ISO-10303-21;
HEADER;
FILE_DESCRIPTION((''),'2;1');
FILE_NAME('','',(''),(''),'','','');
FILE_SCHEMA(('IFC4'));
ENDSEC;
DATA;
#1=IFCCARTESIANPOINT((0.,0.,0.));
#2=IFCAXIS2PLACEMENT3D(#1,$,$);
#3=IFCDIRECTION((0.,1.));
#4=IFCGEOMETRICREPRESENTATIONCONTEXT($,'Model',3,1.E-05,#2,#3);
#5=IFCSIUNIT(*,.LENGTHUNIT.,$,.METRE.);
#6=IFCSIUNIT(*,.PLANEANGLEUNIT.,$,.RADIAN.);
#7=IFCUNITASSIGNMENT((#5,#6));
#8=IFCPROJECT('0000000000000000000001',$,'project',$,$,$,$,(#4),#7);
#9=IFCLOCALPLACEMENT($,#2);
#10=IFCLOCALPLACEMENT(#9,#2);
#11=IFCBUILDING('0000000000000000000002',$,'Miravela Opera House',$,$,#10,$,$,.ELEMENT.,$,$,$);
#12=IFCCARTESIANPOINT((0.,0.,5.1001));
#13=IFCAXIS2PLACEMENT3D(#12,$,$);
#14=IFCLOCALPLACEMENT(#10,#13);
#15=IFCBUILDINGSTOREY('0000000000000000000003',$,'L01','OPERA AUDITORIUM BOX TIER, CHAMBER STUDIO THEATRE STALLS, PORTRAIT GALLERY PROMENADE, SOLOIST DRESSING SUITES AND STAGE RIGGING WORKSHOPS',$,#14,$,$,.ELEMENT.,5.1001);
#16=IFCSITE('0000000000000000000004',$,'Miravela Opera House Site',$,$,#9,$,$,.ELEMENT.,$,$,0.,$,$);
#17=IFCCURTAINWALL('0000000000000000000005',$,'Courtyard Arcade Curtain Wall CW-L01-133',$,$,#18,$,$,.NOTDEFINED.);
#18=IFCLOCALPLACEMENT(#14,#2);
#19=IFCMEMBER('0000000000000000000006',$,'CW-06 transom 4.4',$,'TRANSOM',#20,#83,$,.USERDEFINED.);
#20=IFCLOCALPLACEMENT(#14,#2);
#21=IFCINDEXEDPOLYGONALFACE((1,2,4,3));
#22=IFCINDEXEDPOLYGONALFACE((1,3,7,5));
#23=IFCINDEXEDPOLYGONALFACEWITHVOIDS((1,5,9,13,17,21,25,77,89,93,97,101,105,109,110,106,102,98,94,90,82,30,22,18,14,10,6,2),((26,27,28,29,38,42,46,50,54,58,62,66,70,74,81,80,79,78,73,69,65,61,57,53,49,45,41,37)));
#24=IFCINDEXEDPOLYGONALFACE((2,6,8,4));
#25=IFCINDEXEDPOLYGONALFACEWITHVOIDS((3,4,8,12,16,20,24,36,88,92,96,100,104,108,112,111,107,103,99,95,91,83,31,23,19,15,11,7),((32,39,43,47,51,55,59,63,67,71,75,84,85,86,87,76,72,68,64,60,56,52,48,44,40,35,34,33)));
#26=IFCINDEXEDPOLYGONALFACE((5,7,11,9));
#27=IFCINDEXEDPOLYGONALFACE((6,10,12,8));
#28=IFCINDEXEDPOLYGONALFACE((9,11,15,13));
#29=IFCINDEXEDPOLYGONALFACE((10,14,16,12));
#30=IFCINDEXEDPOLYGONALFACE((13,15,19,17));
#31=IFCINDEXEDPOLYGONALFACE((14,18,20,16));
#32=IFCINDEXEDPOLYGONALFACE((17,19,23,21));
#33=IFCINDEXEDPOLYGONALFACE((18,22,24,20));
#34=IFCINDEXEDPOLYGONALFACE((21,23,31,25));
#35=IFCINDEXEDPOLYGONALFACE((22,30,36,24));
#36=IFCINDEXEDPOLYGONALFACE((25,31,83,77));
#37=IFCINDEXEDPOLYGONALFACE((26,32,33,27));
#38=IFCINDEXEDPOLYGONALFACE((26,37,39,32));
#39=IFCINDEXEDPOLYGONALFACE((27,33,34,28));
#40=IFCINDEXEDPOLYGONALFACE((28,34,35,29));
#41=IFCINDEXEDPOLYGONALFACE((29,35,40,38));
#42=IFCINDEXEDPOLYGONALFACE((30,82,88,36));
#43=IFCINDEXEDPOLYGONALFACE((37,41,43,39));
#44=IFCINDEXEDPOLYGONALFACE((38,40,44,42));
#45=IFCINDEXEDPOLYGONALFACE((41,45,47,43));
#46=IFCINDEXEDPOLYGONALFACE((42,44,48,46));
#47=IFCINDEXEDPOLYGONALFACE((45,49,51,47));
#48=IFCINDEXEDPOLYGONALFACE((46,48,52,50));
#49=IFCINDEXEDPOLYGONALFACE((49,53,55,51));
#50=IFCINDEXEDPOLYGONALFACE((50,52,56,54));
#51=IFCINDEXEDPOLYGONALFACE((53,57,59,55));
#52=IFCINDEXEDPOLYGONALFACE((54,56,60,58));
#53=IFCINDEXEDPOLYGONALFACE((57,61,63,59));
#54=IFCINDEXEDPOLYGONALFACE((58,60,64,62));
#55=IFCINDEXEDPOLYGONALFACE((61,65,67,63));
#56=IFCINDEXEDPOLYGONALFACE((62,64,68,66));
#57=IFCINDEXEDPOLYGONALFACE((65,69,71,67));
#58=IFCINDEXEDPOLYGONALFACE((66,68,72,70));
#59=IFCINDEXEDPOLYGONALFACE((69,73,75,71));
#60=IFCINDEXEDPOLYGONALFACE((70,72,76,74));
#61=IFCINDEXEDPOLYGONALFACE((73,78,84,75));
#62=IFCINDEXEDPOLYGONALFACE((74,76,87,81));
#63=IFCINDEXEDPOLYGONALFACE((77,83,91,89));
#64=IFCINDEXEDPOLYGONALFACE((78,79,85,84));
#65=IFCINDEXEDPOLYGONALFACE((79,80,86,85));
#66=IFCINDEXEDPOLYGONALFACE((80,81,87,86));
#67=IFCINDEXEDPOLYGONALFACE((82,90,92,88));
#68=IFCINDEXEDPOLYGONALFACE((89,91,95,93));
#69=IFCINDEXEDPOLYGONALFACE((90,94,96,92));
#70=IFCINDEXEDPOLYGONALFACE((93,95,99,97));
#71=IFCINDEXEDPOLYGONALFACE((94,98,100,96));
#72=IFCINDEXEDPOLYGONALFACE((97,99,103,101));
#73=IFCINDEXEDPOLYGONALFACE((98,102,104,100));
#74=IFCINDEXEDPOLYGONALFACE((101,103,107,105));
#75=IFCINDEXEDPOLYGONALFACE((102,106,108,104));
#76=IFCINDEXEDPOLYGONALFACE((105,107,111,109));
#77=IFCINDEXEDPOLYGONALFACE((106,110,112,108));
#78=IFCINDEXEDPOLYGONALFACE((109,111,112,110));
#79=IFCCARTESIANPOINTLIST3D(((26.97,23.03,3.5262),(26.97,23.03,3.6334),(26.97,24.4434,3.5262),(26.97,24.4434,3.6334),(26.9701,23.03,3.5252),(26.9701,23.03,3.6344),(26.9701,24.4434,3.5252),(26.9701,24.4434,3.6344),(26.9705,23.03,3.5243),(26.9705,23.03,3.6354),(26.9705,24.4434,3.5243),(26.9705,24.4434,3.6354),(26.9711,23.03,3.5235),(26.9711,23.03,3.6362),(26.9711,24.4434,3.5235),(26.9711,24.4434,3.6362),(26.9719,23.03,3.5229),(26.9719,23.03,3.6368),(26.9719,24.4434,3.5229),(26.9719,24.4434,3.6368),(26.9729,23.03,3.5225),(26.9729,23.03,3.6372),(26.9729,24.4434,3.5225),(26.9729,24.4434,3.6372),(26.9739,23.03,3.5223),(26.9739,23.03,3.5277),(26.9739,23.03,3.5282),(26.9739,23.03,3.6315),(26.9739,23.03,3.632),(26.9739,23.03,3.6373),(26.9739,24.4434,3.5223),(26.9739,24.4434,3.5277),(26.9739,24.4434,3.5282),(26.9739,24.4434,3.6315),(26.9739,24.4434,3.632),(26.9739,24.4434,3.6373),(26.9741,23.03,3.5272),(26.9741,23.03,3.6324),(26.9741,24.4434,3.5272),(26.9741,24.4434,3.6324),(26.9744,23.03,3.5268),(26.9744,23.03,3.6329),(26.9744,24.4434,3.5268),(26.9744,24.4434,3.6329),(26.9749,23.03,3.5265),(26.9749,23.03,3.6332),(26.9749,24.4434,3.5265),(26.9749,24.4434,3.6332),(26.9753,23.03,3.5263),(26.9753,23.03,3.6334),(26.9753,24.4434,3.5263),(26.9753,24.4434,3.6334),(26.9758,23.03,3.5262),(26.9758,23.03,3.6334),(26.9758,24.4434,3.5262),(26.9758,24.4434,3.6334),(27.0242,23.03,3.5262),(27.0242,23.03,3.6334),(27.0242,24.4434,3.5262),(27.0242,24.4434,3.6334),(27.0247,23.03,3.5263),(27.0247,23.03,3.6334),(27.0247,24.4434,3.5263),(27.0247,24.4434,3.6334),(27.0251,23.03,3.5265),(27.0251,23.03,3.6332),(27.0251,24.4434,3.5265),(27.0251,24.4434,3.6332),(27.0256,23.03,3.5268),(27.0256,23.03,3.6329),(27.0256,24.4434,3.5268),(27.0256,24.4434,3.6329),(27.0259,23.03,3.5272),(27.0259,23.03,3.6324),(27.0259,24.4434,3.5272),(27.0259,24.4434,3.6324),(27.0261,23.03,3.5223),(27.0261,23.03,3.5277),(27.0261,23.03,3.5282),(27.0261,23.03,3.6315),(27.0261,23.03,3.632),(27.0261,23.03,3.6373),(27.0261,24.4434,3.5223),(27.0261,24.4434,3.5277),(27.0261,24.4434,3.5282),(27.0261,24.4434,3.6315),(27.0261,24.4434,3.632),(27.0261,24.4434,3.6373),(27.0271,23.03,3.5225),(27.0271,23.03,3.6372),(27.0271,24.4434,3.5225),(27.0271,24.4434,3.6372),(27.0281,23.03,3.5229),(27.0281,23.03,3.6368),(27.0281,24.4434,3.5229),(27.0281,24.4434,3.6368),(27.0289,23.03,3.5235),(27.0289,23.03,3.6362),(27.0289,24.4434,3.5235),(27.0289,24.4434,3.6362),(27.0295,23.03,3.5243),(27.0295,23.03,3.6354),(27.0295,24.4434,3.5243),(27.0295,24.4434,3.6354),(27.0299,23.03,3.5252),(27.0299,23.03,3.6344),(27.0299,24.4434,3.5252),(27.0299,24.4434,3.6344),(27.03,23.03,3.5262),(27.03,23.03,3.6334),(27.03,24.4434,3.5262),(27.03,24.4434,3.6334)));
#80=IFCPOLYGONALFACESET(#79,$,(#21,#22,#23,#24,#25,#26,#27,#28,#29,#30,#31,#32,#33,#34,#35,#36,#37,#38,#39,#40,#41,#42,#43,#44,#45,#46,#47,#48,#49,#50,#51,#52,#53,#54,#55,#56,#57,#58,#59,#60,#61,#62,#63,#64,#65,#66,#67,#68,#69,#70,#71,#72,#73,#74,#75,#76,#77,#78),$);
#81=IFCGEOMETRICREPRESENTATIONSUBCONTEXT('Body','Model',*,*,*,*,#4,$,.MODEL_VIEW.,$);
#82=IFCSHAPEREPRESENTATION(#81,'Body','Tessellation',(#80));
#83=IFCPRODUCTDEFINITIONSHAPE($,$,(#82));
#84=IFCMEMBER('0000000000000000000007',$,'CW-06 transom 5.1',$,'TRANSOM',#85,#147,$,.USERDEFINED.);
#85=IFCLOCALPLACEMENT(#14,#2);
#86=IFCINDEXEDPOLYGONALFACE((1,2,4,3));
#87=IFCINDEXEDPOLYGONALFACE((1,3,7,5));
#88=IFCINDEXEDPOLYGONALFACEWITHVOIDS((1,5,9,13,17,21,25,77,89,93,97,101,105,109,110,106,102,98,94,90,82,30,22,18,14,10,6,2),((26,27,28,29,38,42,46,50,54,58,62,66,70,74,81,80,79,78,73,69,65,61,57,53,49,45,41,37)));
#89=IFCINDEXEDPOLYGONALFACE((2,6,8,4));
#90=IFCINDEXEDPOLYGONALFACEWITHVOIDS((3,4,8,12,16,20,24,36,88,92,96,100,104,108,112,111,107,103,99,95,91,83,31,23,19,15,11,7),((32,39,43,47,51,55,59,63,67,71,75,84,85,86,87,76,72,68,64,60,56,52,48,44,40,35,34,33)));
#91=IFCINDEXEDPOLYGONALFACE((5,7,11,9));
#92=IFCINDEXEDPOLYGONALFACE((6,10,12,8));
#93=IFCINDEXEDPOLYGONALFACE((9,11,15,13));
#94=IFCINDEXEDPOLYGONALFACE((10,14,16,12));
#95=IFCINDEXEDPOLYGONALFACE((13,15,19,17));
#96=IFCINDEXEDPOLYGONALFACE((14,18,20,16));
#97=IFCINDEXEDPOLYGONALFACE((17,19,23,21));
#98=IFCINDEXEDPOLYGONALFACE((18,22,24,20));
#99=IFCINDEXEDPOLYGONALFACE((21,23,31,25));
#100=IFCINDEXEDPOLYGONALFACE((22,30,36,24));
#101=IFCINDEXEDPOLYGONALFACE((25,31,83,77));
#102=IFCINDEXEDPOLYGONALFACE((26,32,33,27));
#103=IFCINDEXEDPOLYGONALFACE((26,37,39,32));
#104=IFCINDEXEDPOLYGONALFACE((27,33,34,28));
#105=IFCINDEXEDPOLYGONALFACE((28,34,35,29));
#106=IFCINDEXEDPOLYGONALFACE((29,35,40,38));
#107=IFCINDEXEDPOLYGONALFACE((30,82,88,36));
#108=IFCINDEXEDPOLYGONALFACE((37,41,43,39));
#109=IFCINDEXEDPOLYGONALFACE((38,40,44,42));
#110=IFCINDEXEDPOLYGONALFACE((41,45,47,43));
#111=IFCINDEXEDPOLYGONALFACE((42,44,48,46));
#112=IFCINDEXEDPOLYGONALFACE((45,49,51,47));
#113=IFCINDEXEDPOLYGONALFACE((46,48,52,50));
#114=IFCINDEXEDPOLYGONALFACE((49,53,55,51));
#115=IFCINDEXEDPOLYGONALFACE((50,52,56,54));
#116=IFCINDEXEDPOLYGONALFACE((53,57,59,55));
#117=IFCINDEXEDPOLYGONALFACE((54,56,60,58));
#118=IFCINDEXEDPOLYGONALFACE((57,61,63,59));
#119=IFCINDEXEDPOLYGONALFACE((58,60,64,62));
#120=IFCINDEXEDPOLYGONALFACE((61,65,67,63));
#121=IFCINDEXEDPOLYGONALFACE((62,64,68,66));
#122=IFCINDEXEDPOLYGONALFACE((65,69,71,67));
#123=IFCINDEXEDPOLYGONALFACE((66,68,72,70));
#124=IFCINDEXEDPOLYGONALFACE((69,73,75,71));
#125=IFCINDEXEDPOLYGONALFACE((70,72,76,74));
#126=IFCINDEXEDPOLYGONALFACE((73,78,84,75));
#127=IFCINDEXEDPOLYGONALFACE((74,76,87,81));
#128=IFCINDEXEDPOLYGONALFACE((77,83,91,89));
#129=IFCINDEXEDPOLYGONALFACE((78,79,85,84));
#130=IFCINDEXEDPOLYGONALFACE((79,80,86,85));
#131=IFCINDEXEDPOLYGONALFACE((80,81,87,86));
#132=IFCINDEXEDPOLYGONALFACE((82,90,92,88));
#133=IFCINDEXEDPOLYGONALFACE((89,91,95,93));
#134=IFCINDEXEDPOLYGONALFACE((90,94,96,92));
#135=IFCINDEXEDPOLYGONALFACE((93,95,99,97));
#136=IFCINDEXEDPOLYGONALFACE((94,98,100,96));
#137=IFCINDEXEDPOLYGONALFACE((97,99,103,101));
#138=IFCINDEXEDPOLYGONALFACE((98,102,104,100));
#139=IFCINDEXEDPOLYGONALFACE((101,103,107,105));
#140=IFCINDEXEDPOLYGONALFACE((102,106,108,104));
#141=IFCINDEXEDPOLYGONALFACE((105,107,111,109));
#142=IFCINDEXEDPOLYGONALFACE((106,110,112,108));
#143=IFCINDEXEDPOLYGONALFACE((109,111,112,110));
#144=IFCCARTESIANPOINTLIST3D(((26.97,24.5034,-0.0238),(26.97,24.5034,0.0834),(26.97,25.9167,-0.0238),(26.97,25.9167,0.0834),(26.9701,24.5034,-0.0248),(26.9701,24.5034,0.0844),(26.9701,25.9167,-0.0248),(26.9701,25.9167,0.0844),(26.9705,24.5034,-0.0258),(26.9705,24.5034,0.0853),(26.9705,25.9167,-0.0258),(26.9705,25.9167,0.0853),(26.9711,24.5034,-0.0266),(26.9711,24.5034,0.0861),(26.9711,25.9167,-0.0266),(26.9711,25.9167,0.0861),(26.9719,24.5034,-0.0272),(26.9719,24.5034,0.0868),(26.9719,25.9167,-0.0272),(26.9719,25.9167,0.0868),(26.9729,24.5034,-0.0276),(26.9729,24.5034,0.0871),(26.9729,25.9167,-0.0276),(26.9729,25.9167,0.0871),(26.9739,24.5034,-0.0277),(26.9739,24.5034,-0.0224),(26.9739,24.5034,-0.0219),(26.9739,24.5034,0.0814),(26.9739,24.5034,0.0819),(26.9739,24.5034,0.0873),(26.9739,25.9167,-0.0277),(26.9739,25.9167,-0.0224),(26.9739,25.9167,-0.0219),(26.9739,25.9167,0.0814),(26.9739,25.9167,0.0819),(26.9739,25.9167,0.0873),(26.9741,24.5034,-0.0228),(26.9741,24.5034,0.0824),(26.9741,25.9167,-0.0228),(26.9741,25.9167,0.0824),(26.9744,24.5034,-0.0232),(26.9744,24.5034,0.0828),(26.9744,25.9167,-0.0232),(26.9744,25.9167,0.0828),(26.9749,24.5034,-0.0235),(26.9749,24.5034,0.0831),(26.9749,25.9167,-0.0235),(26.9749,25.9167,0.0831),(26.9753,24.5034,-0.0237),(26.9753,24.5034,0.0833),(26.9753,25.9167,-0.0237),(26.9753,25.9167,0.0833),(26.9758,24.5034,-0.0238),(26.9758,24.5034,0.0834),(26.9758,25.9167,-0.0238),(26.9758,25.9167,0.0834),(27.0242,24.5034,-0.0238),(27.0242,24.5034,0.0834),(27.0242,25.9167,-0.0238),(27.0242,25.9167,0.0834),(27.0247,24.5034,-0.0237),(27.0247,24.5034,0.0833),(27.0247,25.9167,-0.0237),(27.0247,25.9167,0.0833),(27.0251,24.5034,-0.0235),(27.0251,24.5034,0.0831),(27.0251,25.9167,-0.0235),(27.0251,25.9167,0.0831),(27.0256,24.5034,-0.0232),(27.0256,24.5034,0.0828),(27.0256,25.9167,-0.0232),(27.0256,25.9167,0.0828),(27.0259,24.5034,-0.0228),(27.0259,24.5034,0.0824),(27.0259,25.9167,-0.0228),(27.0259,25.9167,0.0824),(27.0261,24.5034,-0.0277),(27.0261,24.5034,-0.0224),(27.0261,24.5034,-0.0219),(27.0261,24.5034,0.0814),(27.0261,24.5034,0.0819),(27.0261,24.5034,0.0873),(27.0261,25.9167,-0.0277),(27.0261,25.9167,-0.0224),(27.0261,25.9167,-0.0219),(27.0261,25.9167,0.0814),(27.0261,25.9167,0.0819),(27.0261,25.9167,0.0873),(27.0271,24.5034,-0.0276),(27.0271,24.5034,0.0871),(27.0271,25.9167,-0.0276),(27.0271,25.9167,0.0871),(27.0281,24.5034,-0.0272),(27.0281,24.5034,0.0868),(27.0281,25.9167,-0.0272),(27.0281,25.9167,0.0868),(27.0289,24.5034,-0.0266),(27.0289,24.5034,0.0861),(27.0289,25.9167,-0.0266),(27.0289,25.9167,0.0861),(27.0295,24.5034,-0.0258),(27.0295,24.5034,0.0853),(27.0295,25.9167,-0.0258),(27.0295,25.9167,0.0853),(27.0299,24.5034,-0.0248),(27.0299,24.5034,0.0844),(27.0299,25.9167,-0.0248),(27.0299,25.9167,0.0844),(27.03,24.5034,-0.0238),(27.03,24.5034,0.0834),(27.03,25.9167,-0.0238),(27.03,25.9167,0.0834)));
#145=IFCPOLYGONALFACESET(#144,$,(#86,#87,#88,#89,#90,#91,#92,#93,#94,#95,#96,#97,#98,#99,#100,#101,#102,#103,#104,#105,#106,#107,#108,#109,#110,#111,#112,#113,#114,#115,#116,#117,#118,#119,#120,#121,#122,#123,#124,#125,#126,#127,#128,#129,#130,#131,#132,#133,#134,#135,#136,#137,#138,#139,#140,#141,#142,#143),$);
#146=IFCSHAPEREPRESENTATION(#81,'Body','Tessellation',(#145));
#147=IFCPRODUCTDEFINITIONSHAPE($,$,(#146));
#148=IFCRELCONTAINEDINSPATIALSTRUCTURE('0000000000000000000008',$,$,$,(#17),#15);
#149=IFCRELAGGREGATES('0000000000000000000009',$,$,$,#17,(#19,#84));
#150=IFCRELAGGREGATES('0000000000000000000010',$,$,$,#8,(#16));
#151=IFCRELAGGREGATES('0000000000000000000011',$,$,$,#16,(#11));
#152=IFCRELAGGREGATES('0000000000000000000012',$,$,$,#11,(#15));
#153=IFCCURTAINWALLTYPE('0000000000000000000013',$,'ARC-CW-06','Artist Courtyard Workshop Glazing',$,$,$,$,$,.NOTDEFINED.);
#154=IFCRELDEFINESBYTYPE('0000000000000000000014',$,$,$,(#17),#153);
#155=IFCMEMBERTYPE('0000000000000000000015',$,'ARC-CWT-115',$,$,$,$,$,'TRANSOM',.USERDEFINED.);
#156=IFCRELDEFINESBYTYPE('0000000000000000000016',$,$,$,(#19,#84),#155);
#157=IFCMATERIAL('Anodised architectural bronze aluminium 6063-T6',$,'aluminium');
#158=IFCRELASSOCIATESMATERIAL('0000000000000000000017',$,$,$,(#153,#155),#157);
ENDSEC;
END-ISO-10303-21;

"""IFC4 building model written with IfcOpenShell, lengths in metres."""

from ifc_helpers import new_model, si_unit, direction, frame, origin, origin_2d, place, context, subcontext, project, spatial, hollow_rectangle, extrude, material, material_profile, profile_set, type_object, element, aggregate, save


model = new_model("IFC4")

# Units and contexts
model_context = context("Model", 3, precision=1e-05, world=origin(), true_north=direction((0.0, 1.0)))
body_context = subcontext(model_context, "Body", "Model", "MODEL_VIEW")
ifc_project = project(units=[si_unit("LENGTHUNIT", "METRE"), si_unit("PLANEANGLEUNIT", "RADIAN")], contexts=[model_context])

# Site, building, storey
site_placement = place(None, origin())
site = spatial("IfcSite", under=ifc_project, at=site_placement, Name="Miravela Opera House Site", CompositionType="ELEMENT", RefElevation=0.0)
building_placement = place(site_placement, origin())
building = spatial("IfcBuilding", under=site, at=building_placement, Name="Miravela Opera House", CompositionType="ELEMENT")
storey_placement = place(building_placement, frame((0.0, 0.0, 5.1001)))
storey = spatial("IfcBuildingStorey", under=building, at=storey_placement, Name="L01", Description="OPERA AUDITORIUM BOX TIER, CHAMBER STUDIO THEATRE STALLS, PORTRAIT GALLERY PROMENADE, SOLOIST DRESSING SUITES AND STAGE RIGGING WORKSHOPS", CompositionType="ELEMENT", Elevation=5.1001)

# Curtain wall, members
ifc_material_1 = material(Name="Anodised architectural bronze aluminium 6063-T6", Category="aluminium")
curtain_wall_type = type_object("IfcCurtainWallType", Name="ARC-CW-06", Description="Artist Courtyard Workshop Glazing", PredefinedType="NOTDEFINED", material=ifc_material_1)
curtain_wall_placement = place(storey_placement, origin())
curtain_wall = element("IfcCurtainWall", 1, at=curtain_wall_placement, inside=storey, type_object=curtain_wall_type, Name="Courtyard Arcade Curtain Wall CW-L01-133", PredefinedType="NOTDEFINED")
ifc_material_profile_1 = material_profile(ifc_material_1, hollow_rectangle(XDim=0.0601, YDim=0.115, WallThickness=0.0039, InnerFilletRadius=0.002, OuterFilletRadius=0.0039, at=origin_2d()), Name="CWT-60X115")
ifc_profile_set_1 = profile_set([ifc_material_profile_1])
member_type_1 = type_object("IfcMemberType", Name="ARC-CWT-115", ElementType="TRANSOM", PredefinedType="USERDEFINED", material=ifc_profile_set_1)
member_1_placement = place(storey_placement, frame((27.0, 23.03, 3.5798), z_axis=(0.0, 1.0, 0.0), x_axis=(-1.0, 0.0, 0.0)))
member_1 = element("IfcMember", 2, at=member_1_placement, type_object=member_type_1, Name="CW-06 transom 4.4", ObjectType="TRANSOM", PredefinedType="USERDEFINED", context=body_context, shape_type="SweptSolid", body=[
    extrude(hollow_rectangle(XDim=0.0601, YDim=0.115, WallThickness=0.0039, InnerFilletRadius=0.002, OuterFilletRadius=0.0039, at=origin_2d()), origin(), (0.0, 0.0, 1.0), 1.4133),
])
member_2_placement = place(storey_placement, frame((27.0, 24.5034, 0.0298), z_axis=(0.0, 1.0, 0.0), x_axis=(-1.0, 0.0, 0.0)))
member_2 = element("IfcMember", 3, at=member_2_placement, type_object=member_type_1, Name="CW-06 transom 5.1", ObjectType="TRANSOM", PredefinedType="USERDEFINED", context=body_context, shape_type="SweptSolid", body=[
    extrude(hollow_rectangle(XDim=0.0601, YDim=0.115, WallThickness=0.0039, InnerFilletRadius=0.002, OuterFilletRadius=0.0039, at=origin_2d()), origin(), (0.0, 0.0, 1.0), 1.4133),
])
aggregate(curtain_wall, [member_1, member_2])

save(model, "model.ifc")
